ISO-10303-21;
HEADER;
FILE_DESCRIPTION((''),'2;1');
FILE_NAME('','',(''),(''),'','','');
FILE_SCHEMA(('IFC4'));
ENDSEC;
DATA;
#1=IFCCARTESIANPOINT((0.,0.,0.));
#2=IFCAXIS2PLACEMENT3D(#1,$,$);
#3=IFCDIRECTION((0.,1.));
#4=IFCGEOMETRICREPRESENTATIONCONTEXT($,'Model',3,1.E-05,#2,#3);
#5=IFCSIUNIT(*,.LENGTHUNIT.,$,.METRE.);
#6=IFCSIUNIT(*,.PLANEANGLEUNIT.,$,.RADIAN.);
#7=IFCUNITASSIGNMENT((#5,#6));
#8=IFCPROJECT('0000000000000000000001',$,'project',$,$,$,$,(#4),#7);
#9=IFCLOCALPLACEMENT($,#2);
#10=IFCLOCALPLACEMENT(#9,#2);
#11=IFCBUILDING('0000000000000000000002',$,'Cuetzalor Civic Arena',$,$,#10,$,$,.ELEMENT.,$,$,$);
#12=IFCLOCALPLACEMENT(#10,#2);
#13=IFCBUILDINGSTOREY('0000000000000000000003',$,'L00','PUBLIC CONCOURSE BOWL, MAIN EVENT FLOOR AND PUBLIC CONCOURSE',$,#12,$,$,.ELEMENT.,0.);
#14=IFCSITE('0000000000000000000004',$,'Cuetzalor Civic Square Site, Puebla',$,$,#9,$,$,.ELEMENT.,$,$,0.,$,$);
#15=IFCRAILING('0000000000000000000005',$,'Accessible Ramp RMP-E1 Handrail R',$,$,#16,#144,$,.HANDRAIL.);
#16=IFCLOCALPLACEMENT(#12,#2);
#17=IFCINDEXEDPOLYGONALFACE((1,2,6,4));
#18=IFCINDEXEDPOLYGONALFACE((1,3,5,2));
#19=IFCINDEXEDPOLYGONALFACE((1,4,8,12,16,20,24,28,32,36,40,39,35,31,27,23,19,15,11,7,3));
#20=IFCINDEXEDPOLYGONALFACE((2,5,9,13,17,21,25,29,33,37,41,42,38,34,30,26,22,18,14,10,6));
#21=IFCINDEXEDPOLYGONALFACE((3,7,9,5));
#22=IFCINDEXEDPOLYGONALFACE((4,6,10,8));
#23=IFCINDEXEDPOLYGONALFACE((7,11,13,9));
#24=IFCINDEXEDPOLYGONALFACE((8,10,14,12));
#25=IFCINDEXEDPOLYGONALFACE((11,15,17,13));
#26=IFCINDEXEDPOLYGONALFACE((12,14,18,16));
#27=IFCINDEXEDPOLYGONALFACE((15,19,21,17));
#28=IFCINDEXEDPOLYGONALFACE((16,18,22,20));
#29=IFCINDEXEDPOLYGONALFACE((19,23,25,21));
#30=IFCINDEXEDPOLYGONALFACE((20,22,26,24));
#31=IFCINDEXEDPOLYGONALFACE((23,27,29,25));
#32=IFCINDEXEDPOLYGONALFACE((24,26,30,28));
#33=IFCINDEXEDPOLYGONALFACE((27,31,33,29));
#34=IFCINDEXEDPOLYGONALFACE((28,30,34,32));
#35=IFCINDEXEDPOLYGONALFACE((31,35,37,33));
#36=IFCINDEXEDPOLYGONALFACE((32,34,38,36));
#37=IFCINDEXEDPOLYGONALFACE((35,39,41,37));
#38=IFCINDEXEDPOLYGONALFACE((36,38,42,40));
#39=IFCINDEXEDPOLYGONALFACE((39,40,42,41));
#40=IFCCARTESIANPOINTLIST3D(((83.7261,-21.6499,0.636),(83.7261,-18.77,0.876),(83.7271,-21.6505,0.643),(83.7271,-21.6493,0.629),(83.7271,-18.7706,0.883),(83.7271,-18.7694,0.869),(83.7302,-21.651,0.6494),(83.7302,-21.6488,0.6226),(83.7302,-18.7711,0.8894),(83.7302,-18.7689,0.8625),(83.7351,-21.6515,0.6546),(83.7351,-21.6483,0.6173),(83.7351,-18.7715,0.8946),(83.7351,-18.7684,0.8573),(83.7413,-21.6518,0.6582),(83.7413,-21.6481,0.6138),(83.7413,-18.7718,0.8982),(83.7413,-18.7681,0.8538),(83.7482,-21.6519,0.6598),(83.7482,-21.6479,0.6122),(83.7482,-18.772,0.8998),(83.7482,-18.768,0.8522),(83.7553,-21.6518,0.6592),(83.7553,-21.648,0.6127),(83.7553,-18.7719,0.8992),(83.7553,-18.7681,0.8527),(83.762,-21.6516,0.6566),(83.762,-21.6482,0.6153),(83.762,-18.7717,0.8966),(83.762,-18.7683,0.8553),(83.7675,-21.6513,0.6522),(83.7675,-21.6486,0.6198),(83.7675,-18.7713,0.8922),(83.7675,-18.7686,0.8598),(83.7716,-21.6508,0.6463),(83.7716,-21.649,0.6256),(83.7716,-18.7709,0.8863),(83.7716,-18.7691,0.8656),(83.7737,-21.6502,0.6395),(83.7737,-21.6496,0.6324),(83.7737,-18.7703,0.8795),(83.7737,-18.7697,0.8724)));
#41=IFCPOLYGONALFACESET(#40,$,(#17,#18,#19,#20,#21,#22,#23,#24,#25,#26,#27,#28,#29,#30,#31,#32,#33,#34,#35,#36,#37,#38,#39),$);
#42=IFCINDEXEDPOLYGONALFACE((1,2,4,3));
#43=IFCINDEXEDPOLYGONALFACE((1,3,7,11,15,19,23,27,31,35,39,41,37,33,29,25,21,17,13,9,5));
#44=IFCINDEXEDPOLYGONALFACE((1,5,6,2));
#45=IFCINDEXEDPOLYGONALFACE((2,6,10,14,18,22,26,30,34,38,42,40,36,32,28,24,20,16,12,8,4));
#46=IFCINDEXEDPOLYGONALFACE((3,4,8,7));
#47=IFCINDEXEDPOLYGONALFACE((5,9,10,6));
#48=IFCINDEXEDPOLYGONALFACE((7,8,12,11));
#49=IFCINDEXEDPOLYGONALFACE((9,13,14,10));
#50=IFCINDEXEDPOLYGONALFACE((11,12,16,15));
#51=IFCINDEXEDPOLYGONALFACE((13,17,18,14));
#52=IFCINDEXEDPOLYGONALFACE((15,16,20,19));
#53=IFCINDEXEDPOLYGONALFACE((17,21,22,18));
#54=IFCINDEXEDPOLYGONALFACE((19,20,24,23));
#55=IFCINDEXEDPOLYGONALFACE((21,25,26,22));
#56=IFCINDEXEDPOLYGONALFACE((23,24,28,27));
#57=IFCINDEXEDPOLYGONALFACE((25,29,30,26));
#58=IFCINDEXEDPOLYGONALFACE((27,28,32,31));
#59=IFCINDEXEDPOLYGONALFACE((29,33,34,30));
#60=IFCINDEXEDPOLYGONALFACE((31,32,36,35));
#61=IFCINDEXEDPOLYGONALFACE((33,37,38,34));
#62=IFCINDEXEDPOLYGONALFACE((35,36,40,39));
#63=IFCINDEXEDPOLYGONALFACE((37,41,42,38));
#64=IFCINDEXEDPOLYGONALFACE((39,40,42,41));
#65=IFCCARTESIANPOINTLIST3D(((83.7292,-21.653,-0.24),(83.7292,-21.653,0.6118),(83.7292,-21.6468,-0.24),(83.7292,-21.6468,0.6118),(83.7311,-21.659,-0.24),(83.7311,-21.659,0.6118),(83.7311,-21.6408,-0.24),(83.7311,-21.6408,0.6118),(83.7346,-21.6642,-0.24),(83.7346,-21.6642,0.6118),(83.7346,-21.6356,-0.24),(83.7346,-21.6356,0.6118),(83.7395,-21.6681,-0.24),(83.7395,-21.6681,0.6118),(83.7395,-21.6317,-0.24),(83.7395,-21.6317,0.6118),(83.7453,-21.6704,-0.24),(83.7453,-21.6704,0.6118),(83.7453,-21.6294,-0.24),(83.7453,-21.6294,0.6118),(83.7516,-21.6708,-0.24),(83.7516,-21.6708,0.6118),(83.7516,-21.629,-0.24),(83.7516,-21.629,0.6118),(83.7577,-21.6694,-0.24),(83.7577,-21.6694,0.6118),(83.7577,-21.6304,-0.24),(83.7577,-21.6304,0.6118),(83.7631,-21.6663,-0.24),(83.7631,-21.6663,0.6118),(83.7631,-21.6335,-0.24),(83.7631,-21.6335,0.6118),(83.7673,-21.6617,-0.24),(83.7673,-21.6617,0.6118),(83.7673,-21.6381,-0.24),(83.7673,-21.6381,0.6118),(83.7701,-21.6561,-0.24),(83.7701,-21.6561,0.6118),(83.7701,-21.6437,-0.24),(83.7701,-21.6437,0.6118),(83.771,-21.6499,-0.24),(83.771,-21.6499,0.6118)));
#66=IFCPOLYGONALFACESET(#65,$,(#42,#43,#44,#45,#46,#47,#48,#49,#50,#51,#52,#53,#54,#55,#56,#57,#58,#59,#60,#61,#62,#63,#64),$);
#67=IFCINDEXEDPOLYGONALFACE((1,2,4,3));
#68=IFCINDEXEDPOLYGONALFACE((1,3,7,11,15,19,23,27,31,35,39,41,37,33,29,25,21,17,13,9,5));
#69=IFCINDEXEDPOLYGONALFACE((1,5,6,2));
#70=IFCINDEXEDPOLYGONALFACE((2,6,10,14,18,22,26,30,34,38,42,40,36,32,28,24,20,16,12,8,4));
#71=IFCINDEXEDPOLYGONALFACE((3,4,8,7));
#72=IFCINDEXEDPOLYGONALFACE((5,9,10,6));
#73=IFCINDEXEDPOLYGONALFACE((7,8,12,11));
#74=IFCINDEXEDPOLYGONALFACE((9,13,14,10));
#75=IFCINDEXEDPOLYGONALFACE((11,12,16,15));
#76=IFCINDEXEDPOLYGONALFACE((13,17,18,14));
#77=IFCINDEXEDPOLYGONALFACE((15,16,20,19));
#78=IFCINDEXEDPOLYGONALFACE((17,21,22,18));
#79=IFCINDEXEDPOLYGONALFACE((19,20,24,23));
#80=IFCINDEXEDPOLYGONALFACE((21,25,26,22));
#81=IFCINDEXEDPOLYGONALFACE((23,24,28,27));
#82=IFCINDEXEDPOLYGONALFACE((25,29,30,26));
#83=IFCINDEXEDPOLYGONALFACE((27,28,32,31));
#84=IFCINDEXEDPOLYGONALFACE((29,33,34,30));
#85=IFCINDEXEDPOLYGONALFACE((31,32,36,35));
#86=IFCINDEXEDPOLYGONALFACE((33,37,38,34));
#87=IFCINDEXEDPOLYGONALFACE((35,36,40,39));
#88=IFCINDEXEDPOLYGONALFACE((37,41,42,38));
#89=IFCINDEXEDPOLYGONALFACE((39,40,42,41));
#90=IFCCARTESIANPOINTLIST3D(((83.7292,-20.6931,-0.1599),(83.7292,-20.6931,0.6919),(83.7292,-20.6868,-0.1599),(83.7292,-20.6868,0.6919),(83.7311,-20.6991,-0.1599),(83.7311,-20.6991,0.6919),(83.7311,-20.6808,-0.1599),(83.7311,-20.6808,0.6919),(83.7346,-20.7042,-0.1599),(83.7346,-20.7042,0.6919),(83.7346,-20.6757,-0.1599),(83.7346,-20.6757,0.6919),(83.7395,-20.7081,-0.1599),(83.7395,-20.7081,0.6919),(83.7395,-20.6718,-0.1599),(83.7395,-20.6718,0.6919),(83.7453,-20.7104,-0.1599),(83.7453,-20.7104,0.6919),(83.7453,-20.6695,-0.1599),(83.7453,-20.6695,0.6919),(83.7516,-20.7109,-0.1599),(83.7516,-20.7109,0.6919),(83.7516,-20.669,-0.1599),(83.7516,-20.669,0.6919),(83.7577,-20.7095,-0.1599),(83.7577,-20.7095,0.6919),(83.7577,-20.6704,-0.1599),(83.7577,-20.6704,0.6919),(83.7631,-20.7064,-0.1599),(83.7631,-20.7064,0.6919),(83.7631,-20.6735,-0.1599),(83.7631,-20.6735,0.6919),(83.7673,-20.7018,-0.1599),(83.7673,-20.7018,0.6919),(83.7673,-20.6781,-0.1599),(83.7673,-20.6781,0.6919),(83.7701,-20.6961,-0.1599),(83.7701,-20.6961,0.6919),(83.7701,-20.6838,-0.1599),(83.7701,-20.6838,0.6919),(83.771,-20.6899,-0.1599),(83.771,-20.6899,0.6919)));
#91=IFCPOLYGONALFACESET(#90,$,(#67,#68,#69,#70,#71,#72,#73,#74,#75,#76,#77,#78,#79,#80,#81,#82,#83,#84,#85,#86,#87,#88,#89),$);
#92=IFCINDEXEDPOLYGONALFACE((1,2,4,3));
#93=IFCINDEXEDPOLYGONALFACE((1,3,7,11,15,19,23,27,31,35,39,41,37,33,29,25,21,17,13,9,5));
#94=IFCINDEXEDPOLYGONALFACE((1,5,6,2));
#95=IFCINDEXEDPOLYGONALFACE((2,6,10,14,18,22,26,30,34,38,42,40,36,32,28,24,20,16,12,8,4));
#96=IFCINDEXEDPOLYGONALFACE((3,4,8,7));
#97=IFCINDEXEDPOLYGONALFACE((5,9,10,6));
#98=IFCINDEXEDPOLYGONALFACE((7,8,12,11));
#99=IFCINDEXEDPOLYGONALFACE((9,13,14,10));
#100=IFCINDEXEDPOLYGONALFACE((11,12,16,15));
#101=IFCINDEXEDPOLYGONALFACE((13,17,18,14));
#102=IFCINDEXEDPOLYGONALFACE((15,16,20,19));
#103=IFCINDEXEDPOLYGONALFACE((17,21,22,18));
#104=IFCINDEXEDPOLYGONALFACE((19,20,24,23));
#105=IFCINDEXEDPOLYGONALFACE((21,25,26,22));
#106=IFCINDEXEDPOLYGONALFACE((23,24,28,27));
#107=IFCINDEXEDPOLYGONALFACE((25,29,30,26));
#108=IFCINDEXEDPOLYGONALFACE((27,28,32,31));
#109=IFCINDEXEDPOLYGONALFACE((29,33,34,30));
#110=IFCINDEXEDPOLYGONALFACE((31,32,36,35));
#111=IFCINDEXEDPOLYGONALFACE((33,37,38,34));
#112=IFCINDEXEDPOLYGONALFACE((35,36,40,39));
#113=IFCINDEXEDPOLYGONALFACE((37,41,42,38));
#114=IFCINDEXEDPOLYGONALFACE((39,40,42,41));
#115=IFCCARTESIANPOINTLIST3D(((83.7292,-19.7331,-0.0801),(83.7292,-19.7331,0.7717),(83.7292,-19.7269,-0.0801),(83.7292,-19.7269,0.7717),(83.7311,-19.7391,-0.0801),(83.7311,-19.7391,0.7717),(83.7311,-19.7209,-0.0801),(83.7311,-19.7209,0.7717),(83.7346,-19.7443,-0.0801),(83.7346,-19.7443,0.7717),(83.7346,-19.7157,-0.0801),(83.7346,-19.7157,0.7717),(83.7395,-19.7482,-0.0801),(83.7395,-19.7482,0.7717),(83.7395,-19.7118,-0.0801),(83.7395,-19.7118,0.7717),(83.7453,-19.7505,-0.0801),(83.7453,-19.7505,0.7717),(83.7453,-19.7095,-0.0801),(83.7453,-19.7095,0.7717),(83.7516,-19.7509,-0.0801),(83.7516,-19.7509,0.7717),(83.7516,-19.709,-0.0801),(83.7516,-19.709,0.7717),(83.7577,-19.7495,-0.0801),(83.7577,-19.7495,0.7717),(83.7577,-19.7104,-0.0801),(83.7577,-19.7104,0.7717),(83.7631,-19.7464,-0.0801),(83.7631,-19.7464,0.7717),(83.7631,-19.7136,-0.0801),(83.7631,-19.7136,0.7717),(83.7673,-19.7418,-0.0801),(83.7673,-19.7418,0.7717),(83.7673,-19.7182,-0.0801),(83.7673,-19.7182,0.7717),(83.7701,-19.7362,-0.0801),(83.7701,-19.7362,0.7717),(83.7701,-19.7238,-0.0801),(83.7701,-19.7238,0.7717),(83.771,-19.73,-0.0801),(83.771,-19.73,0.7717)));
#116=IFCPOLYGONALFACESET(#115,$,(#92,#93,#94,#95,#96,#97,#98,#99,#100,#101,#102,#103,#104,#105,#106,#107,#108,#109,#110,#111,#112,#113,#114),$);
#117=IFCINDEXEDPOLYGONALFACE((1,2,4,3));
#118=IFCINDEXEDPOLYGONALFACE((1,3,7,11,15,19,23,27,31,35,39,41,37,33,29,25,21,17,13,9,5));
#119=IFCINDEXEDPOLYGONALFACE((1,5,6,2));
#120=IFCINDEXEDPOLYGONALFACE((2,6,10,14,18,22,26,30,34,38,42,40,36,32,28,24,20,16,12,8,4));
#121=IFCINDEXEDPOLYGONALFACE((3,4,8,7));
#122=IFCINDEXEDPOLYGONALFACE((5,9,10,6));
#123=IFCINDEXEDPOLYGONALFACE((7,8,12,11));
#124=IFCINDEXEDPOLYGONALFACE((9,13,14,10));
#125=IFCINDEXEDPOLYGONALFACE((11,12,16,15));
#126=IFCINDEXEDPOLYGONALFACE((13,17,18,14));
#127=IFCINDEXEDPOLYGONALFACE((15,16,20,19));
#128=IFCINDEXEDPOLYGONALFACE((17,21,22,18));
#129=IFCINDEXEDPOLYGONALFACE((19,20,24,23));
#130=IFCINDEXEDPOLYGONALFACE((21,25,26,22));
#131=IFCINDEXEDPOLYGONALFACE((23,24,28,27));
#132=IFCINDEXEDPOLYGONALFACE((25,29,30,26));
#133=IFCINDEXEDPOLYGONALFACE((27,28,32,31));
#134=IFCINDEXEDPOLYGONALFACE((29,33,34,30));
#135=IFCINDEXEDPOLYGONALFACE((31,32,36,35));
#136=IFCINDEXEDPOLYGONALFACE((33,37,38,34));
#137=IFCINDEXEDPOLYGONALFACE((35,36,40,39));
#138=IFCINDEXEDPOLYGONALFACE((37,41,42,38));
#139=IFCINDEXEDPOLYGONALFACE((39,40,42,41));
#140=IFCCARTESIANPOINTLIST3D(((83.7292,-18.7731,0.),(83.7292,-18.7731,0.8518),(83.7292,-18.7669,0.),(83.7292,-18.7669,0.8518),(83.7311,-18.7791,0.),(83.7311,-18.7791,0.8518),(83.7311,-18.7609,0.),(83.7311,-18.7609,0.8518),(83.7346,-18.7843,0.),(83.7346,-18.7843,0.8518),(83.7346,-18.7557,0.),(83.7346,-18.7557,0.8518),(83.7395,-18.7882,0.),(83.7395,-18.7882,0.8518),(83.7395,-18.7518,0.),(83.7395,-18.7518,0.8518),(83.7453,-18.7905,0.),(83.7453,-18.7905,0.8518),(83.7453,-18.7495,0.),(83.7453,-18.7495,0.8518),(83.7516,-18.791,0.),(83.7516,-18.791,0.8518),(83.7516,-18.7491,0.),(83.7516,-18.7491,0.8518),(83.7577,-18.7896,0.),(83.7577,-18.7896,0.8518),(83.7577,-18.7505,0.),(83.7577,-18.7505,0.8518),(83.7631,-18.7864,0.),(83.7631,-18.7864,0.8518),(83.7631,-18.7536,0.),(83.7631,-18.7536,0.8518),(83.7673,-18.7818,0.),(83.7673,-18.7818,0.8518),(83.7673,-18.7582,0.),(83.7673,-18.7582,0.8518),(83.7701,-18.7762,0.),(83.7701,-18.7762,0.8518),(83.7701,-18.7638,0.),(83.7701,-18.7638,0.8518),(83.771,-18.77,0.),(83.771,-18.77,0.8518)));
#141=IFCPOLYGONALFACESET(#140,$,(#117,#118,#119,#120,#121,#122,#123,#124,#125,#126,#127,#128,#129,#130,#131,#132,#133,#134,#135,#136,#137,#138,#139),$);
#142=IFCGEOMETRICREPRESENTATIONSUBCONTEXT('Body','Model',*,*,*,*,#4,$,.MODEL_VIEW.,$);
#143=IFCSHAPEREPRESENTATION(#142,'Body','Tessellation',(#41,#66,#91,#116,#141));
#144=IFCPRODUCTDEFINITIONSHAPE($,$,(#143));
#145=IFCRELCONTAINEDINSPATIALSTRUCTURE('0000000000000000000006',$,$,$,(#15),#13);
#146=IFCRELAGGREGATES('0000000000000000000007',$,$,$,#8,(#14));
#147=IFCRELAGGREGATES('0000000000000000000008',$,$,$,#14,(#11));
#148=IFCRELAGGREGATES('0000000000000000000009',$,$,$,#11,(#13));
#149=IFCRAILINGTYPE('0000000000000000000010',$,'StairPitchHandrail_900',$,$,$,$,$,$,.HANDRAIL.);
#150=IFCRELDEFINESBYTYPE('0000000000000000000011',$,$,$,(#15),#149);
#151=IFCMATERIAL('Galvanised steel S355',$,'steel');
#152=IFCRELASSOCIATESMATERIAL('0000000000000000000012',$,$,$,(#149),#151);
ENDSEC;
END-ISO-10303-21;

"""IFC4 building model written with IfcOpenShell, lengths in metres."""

from ifc_helpers import new_model, si_unit, direction, frame, origin, origin_2d, place, context, subcontext, project, spatial, circle, extrude, material, type_object, element, save


model = new_model("IFC4")

# Units and contexts
model_context = context("Model", 3, precision=1e-05, world=origin(), true_north=direction((0.0, 1.0)))
body_context = subcontext(model_context, "Body", "Model", "MODEL_VIEW")
ifc_project = project(units=[si_unit("LENGTHUNIT", "METRE"), si_unit("PLANEANGLEUNIT", "RADIAN")], contexts=[model_context])

# Site, building, storey
site_placement = place(None, origin())
site = spatial("IfcSite", under=ifc_project, at=site_placement, Name="Cuetzalor Civic Square Site, Puebla", CompositionType="ELEMENT", RefElevation=0.0)
building_placement = place(site_placement, origin())
building = spatial("IfcBuilding", under=site, at=building_placement, Name="Cuetzalor Civic Arena", CompositionType="ELEMENT")
storey_placement = place(building_placement, origin())
storey = spatial("IfcBuildingStorey", under=building, at=storey_placement, Name="L00", Description="PUBLIC CONCOURSE BOWL, MAIN EVENT FLOOR AND PUBLIC CONCOURSE", CompositionType="ELEMENT", Elevation=0.0)

# Railing
ifc_material_1 = material(Name="Galvanised steel S355", Category="steel")
railing_type = type_object("IfcRailingType", Name="StairPitchHandrail_900", PredefinedType="HANDRAIL", material=ifc_material_1)
for number, where, name in (
    (1, (83.75, -21.6499, -0.24), "Accessible Ramp RMP-E1 Handrail R"),
):
    element("IfcRailing", number, at=place(storey_placement, frame(where)), inside=storey, type_object=railing_type, Name=name, PredefinedType="HANDRAIL", context=body_context, shape_type="SweptSolid", body=[
        extrude(circle(Radius=0.0239, at=origin_2d()), frame((0.0, 0.0, 0.876), z_axis=(0.0, 0.996546, 0.083045), x_axis=(-1.0, 0.0, 0.0)), (0.0, 0.0, 1.0), 2.8899),
        extrude(circle(Radius=0.021, at=origin_2d()), origin(), (0.0, 0.0, 1.0), 0.8518),
        extrude(circle(Radius=0.021, at=origin_2d()), frame((0.0, 0.96, 0.0801)), (0.0, 0.0, 1.0), 0.8518),
        extrude(circle(Radius=0.021, at=origin_2d()), frame((0.0, 1.9199, 0.1599)), (0.0, 0.0, 1.0), 0.8518),
        extrude(circle(Radius=0.021, at=origin_2d()), frame((0.0, 2.8799, 0.24)), (0.0, 0.0, 1.0), 0.8518),
    ])

save(model, "model.ifc")
